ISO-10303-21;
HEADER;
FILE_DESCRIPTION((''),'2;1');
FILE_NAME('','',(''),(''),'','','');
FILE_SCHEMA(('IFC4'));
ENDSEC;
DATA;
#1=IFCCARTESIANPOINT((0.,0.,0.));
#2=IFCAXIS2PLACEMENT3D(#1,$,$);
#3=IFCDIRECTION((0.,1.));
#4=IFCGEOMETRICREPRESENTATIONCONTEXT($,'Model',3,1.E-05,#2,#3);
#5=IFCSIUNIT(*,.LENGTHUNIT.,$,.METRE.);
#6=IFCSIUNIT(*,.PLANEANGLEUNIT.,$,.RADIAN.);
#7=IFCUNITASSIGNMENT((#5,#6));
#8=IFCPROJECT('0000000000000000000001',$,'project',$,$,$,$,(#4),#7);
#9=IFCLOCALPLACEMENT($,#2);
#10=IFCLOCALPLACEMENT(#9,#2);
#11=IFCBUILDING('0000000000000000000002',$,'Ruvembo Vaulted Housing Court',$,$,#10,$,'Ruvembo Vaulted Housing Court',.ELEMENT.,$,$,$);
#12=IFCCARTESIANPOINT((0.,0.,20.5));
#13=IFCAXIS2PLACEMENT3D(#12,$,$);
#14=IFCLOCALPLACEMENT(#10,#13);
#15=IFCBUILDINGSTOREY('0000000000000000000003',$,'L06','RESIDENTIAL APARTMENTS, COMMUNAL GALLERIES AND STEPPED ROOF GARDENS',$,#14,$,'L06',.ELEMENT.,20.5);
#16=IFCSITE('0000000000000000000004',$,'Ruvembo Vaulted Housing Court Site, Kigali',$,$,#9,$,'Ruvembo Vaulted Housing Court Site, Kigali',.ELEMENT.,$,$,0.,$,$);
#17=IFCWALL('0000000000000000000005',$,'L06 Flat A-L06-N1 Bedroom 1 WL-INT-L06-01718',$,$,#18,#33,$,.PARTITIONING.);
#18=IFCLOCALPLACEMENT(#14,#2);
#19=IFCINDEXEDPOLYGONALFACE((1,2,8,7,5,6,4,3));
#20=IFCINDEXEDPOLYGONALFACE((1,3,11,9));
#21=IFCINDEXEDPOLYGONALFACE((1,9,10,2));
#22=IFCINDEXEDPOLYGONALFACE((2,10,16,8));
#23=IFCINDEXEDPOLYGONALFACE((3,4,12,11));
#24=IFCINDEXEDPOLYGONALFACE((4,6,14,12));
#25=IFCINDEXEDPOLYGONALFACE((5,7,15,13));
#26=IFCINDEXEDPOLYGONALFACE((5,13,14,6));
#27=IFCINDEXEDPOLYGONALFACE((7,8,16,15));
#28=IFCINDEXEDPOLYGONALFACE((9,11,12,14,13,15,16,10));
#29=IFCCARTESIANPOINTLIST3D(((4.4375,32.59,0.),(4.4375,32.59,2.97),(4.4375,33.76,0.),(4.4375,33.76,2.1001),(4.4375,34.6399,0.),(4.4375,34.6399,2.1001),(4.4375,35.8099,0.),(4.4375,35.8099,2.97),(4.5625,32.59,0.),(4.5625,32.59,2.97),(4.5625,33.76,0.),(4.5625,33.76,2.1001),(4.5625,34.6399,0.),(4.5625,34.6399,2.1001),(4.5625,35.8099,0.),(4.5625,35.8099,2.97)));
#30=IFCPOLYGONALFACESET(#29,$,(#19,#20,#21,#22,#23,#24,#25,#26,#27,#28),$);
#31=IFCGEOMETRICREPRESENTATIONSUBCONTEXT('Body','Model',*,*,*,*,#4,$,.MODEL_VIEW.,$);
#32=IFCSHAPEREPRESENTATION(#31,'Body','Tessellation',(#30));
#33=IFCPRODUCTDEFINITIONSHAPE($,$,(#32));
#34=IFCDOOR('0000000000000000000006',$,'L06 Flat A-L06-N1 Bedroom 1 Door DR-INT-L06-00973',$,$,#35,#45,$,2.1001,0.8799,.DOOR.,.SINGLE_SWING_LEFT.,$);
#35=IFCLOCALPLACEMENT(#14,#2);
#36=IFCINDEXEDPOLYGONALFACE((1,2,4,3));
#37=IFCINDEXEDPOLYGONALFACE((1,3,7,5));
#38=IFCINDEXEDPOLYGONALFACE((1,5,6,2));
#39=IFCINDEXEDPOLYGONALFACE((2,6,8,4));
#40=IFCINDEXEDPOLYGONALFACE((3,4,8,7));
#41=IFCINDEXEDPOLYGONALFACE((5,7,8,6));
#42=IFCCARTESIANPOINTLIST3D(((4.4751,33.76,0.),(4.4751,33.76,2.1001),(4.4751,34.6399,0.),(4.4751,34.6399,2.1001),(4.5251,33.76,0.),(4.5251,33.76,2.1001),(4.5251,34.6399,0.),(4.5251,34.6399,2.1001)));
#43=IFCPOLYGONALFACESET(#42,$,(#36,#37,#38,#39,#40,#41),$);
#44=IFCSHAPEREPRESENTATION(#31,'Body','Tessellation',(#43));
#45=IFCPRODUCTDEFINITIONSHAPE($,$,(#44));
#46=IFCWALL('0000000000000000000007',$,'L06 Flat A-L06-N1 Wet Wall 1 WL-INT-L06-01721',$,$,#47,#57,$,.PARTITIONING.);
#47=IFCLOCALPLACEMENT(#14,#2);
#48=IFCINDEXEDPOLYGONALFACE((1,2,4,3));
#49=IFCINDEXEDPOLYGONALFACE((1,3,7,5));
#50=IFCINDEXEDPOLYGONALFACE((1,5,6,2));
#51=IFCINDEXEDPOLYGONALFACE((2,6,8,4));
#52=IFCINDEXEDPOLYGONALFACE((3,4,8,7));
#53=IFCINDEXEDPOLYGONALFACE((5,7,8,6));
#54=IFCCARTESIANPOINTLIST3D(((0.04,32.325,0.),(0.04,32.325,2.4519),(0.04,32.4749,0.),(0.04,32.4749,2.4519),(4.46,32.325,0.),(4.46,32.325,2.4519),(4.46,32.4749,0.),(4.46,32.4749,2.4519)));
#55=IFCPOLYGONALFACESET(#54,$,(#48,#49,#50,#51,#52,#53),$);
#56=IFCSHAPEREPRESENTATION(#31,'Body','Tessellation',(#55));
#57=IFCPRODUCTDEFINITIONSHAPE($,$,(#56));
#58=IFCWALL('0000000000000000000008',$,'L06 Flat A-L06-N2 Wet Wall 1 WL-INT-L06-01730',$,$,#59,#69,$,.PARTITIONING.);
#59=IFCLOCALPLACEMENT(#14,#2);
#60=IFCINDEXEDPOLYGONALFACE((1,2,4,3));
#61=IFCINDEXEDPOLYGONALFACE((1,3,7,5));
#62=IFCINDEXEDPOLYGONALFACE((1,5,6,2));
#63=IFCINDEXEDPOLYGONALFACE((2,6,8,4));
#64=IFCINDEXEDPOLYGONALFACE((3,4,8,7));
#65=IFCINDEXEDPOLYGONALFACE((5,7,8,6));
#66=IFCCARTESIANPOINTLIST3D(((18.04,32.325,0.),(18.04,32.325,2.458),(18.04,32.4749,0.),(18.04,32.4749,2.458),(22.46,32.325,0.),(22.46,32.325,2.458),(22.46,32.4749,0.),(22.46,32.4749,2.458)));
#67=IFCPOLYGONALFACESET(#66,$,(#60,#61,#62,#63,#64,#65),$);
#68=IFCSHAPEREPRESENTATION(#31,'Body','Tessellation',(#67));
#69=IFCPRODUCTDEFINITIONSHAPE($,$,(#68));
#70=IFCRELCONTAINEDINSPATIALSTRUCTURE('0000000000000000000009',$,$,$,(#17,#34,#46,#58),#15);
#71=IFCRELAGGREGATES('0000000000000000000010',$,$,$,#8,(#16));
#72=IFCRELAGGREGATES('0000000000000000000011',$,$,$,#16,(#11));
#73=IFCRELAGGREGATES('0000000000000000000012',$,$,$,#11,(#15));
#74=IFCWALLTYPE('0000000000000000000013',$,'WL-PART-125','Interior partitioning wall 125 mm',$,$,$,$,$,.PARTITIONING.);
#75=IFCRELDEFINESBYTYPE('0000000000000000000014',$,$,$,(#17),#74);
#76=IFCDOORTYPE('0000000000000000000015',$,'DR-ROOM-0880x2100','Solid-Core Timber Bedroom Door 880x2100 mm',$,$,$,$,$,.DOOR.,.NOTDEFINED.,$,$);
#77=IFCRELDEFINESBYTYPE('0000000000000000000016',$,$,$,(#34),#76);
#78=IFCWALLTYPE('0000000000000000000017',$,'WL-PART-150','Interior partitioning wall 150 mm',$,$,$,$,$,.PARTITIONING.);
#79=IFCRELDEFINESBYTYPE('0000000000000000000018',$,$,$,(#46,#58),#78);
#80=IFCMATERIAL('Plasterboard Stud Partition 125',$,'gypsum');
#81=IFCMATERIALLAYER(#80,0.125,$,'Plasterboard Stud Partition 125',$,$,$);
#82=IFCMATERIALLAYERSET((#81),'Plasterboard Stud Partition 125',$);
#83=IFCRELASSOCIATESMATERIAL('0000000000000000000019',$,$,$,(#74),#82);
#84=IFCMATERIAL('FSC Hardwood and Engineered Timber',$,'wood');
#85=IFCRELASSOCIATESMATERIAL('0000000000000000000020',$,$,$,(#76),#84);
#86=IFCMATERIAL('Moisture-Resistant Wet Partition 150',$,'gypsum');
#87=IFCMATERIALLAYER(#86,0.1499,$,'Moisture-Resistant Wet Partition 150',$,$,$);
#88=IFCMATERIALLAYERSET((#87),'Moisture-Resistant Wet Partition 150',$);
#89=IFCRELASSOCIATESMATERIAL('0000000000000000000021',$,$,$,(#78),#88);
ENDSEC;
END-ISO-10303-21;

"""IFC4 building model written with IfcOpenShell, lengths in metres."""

from ifc_helpers import new_model, si_unit, direction, frame, frame_2d, origin, place, context, subcontext, project, spatial, rectangle, extrude, material, layer, layer_set, type_object, element, fill, save


model = new_model("IFC4")

# Units and contexts
model_context = context("Model", 3, precision=1e-05, world=origin(), true_north=direction((0.0, 1.0)))
body_context = subcontext(model_context, "Body", "Model", "MODEL_VIEW")
ifc_project = project(units=[si_unit("LENGTHUNIT", "METRE"), si_unit("PLANEANGLEUNIT", "RADIAN")], contexts=[model_context])

# Site, building, storey
site_placement = place(None, origin())
site = spatial("IfcSite", under=ifc_project, at=site_placement, Name="Ruvembo Vaulted Housing Court Site, Kigali", LongName="Ruvembo Vaulted Housing Court Site, Kigali", CompositionType="ELEMENT", RefElevation=0.0)
building_placement = place(site_placement, origin())
building = spatial("IfcBuilding", under=site, at=building_placement, Name="Ruvembo Vaulted Housing Court", LongName="Ruvembo Vaulted Housing Court", CompositionType="ELEMENT")
storey_placement = place(building_placement, frame((0.0, 0.0, 20.5)))
storey = spatial("IfcBuildingStorey", under=building, at=storey_placement, Name="L06", Description="RESIDENTIAL APARTMENTS, COMMUNAL GALLERIES AND STEPPED ROOF GARDENS", LongName="L06", CompositionType="ELEMENT", Elevation=20.5)

# Wall, opening, door
ifc_material_1 = material(Name="Plasterboard Stud Partition 125", Category="gypsum")
ifc_layer_1 = layer(ifc_material_1, 0.125, Name="Plasterboard Stud Partition 125")
ifc_layer_set_1 = layer_set([ifc_layer_1], Name="Plasterboard Stud Partition 125")
wall_type_1 = type_object("IfcWallType", Name="WL-PART-125", Description="Interior partitioning wall 125 mm", PredefinedType="PARTITIONING", material=ifc_layer_set_1)
wall_1_placement = place(storey_placement, frame((4.5, 32.5901, 0.0), z_axis=(0.0, 0.0, 1.0), x_axis=(0.0, 1.0, 0.0)))
wall_1 = element("IfcWall", 1, at=wall_1_placement, inside=storey, type_object=wall_type_1, Name="L06 Flat A-L06-N1 Bedroom 1 WL-INT-L06-01718", PredefinedType="PARTITIONING", context=body_context, shape_type="SweptSolid", body=[
    extrude(rectangle(XDim=3.22, YDim=0.125, at=frame_2d((1.6099, 0.0))), origin(), (0.0, 0.0, 1.0), 2.97),
])
opening_1_placement = place(wall_1_placement, frame((1.1699, 0.0, 0.0)))
opening_1 = element("IfcOpeningElement", 2, at=opening_1_placement, cuts=wall_1, PredefinedType="OPENING", context=body_context, shape_type="SweptSolid", body=[
    extrude(rectangle(XDim=0.8799, YDim=2.1001, at=frame_2d((0.4399, 1.05))), frame((0.0, 0.0725, 0.0), z_axis=(0.0, -1.0, 0.0), x_axis=(1.0, 0.0, 0.0)), (0.0, 0.0, 1.0), 0.145),
])
ifc_material_2 = material(Name="FSC Hardwood and Engineered Timber", Category="wood")
door_type = type_object("IfcDoorType", Name="DR-ROOM-0880x2100", Description="Solid-Core Timber Bedroom Door 880x2100 mm", OperationType="NOTDEFINED", PredefinedType="DOOR", material=ifc_material_2)
door_placement = place(opening_1_placement, origin())
door = element("IfcDoor", 3, at=door_placement, inside=storey, type_object=door_type, Name="L06 Flat A-L06-N1 Bedroom 1 Door DR-INT-L06-00973", OperationType="SINGLE_SWING_LEFT", OverallHeight=2.1001, OverallWidth=0.8799, PredefinedType="DOOR", context=body_context, shape_type="SweptSolid", body=[
    extrude(rectangle(XDim=0.8799, YDim=2.1001, at=frame_2d((0.4399, 1.05))), frame((0.0, 0.0249, 0.0), z_axis=(0.0, -1.0, 0.0), x_axis=(1.0, 0.0, 0.0)), (0.0, 0.0, 1.0), 0.05),
])
fill(opening_1, door)

# Walls
ifc_material_3 = material(Name="Moisture-Resistant Wet Partition 150", Category="gypsum")
ifc_layer_2 = layer(ifc_material_3, 0.1499, Name="Moisture-Resistant Wet Partition 150")
ifc_layer_set_2 = layer_set([ifc_layer_2], Name="Moisture-Resistant Wet Partition 150")
wall_type_2 = type_object("IfcWallType", Name="WL-PART-150", Description="Interior partitioning wall 150 mm", PredefinedType="PARTITIONING", material=ifc_layer_set_2)
wall_2_placement = place(storey_placement, frame((0.04, 32.3999, 0.0), z_axis=(0.0, 0.0, 1.0), x_axis=(1.0, 0.0, 0.0)))
element("IfcWall", 4, at=wall_2_placement, inside=storey, type_object=wall_type_2, Name="L06 Flat A-L06-N1 Wet Wall 1 WL-INT-L06-01721", PredefinedType="PARTITIONING", context=body_context, shape_type="SweptSolid", body=[
    extrude(rectangle(XDim=4.4199, YDim=0.1499, at=frame_2d((2.21, 0.0))), origin(), (0.0, 0.0, 1.0), 2.4519),
])
wall_3_placement = place(storey_placement, frame((18.04, 32.3999, 0.0), z_axis=(0.0, 0.0, 1.0), x_axis=(1.0, 0.0, 0.0)))
element("IfcWall", 5, at=wall_3_placement, inside=storey, type_object=wall_type_2, Name="L06 Flat A-L06-N2 Wet Wall 1 WL-INT-L06-01730", PredefinedType="PARTITIONING", context=body_context, shape_type="SweptSolid", body=[
    extrude(rectangle(XDim=4.4199, YDim=0.1499, at=frame_2d((2.21, 0.0))), origin(), (0.0, 0.0, 1.0), 2.458),
])

save(model, "model.ifc")
